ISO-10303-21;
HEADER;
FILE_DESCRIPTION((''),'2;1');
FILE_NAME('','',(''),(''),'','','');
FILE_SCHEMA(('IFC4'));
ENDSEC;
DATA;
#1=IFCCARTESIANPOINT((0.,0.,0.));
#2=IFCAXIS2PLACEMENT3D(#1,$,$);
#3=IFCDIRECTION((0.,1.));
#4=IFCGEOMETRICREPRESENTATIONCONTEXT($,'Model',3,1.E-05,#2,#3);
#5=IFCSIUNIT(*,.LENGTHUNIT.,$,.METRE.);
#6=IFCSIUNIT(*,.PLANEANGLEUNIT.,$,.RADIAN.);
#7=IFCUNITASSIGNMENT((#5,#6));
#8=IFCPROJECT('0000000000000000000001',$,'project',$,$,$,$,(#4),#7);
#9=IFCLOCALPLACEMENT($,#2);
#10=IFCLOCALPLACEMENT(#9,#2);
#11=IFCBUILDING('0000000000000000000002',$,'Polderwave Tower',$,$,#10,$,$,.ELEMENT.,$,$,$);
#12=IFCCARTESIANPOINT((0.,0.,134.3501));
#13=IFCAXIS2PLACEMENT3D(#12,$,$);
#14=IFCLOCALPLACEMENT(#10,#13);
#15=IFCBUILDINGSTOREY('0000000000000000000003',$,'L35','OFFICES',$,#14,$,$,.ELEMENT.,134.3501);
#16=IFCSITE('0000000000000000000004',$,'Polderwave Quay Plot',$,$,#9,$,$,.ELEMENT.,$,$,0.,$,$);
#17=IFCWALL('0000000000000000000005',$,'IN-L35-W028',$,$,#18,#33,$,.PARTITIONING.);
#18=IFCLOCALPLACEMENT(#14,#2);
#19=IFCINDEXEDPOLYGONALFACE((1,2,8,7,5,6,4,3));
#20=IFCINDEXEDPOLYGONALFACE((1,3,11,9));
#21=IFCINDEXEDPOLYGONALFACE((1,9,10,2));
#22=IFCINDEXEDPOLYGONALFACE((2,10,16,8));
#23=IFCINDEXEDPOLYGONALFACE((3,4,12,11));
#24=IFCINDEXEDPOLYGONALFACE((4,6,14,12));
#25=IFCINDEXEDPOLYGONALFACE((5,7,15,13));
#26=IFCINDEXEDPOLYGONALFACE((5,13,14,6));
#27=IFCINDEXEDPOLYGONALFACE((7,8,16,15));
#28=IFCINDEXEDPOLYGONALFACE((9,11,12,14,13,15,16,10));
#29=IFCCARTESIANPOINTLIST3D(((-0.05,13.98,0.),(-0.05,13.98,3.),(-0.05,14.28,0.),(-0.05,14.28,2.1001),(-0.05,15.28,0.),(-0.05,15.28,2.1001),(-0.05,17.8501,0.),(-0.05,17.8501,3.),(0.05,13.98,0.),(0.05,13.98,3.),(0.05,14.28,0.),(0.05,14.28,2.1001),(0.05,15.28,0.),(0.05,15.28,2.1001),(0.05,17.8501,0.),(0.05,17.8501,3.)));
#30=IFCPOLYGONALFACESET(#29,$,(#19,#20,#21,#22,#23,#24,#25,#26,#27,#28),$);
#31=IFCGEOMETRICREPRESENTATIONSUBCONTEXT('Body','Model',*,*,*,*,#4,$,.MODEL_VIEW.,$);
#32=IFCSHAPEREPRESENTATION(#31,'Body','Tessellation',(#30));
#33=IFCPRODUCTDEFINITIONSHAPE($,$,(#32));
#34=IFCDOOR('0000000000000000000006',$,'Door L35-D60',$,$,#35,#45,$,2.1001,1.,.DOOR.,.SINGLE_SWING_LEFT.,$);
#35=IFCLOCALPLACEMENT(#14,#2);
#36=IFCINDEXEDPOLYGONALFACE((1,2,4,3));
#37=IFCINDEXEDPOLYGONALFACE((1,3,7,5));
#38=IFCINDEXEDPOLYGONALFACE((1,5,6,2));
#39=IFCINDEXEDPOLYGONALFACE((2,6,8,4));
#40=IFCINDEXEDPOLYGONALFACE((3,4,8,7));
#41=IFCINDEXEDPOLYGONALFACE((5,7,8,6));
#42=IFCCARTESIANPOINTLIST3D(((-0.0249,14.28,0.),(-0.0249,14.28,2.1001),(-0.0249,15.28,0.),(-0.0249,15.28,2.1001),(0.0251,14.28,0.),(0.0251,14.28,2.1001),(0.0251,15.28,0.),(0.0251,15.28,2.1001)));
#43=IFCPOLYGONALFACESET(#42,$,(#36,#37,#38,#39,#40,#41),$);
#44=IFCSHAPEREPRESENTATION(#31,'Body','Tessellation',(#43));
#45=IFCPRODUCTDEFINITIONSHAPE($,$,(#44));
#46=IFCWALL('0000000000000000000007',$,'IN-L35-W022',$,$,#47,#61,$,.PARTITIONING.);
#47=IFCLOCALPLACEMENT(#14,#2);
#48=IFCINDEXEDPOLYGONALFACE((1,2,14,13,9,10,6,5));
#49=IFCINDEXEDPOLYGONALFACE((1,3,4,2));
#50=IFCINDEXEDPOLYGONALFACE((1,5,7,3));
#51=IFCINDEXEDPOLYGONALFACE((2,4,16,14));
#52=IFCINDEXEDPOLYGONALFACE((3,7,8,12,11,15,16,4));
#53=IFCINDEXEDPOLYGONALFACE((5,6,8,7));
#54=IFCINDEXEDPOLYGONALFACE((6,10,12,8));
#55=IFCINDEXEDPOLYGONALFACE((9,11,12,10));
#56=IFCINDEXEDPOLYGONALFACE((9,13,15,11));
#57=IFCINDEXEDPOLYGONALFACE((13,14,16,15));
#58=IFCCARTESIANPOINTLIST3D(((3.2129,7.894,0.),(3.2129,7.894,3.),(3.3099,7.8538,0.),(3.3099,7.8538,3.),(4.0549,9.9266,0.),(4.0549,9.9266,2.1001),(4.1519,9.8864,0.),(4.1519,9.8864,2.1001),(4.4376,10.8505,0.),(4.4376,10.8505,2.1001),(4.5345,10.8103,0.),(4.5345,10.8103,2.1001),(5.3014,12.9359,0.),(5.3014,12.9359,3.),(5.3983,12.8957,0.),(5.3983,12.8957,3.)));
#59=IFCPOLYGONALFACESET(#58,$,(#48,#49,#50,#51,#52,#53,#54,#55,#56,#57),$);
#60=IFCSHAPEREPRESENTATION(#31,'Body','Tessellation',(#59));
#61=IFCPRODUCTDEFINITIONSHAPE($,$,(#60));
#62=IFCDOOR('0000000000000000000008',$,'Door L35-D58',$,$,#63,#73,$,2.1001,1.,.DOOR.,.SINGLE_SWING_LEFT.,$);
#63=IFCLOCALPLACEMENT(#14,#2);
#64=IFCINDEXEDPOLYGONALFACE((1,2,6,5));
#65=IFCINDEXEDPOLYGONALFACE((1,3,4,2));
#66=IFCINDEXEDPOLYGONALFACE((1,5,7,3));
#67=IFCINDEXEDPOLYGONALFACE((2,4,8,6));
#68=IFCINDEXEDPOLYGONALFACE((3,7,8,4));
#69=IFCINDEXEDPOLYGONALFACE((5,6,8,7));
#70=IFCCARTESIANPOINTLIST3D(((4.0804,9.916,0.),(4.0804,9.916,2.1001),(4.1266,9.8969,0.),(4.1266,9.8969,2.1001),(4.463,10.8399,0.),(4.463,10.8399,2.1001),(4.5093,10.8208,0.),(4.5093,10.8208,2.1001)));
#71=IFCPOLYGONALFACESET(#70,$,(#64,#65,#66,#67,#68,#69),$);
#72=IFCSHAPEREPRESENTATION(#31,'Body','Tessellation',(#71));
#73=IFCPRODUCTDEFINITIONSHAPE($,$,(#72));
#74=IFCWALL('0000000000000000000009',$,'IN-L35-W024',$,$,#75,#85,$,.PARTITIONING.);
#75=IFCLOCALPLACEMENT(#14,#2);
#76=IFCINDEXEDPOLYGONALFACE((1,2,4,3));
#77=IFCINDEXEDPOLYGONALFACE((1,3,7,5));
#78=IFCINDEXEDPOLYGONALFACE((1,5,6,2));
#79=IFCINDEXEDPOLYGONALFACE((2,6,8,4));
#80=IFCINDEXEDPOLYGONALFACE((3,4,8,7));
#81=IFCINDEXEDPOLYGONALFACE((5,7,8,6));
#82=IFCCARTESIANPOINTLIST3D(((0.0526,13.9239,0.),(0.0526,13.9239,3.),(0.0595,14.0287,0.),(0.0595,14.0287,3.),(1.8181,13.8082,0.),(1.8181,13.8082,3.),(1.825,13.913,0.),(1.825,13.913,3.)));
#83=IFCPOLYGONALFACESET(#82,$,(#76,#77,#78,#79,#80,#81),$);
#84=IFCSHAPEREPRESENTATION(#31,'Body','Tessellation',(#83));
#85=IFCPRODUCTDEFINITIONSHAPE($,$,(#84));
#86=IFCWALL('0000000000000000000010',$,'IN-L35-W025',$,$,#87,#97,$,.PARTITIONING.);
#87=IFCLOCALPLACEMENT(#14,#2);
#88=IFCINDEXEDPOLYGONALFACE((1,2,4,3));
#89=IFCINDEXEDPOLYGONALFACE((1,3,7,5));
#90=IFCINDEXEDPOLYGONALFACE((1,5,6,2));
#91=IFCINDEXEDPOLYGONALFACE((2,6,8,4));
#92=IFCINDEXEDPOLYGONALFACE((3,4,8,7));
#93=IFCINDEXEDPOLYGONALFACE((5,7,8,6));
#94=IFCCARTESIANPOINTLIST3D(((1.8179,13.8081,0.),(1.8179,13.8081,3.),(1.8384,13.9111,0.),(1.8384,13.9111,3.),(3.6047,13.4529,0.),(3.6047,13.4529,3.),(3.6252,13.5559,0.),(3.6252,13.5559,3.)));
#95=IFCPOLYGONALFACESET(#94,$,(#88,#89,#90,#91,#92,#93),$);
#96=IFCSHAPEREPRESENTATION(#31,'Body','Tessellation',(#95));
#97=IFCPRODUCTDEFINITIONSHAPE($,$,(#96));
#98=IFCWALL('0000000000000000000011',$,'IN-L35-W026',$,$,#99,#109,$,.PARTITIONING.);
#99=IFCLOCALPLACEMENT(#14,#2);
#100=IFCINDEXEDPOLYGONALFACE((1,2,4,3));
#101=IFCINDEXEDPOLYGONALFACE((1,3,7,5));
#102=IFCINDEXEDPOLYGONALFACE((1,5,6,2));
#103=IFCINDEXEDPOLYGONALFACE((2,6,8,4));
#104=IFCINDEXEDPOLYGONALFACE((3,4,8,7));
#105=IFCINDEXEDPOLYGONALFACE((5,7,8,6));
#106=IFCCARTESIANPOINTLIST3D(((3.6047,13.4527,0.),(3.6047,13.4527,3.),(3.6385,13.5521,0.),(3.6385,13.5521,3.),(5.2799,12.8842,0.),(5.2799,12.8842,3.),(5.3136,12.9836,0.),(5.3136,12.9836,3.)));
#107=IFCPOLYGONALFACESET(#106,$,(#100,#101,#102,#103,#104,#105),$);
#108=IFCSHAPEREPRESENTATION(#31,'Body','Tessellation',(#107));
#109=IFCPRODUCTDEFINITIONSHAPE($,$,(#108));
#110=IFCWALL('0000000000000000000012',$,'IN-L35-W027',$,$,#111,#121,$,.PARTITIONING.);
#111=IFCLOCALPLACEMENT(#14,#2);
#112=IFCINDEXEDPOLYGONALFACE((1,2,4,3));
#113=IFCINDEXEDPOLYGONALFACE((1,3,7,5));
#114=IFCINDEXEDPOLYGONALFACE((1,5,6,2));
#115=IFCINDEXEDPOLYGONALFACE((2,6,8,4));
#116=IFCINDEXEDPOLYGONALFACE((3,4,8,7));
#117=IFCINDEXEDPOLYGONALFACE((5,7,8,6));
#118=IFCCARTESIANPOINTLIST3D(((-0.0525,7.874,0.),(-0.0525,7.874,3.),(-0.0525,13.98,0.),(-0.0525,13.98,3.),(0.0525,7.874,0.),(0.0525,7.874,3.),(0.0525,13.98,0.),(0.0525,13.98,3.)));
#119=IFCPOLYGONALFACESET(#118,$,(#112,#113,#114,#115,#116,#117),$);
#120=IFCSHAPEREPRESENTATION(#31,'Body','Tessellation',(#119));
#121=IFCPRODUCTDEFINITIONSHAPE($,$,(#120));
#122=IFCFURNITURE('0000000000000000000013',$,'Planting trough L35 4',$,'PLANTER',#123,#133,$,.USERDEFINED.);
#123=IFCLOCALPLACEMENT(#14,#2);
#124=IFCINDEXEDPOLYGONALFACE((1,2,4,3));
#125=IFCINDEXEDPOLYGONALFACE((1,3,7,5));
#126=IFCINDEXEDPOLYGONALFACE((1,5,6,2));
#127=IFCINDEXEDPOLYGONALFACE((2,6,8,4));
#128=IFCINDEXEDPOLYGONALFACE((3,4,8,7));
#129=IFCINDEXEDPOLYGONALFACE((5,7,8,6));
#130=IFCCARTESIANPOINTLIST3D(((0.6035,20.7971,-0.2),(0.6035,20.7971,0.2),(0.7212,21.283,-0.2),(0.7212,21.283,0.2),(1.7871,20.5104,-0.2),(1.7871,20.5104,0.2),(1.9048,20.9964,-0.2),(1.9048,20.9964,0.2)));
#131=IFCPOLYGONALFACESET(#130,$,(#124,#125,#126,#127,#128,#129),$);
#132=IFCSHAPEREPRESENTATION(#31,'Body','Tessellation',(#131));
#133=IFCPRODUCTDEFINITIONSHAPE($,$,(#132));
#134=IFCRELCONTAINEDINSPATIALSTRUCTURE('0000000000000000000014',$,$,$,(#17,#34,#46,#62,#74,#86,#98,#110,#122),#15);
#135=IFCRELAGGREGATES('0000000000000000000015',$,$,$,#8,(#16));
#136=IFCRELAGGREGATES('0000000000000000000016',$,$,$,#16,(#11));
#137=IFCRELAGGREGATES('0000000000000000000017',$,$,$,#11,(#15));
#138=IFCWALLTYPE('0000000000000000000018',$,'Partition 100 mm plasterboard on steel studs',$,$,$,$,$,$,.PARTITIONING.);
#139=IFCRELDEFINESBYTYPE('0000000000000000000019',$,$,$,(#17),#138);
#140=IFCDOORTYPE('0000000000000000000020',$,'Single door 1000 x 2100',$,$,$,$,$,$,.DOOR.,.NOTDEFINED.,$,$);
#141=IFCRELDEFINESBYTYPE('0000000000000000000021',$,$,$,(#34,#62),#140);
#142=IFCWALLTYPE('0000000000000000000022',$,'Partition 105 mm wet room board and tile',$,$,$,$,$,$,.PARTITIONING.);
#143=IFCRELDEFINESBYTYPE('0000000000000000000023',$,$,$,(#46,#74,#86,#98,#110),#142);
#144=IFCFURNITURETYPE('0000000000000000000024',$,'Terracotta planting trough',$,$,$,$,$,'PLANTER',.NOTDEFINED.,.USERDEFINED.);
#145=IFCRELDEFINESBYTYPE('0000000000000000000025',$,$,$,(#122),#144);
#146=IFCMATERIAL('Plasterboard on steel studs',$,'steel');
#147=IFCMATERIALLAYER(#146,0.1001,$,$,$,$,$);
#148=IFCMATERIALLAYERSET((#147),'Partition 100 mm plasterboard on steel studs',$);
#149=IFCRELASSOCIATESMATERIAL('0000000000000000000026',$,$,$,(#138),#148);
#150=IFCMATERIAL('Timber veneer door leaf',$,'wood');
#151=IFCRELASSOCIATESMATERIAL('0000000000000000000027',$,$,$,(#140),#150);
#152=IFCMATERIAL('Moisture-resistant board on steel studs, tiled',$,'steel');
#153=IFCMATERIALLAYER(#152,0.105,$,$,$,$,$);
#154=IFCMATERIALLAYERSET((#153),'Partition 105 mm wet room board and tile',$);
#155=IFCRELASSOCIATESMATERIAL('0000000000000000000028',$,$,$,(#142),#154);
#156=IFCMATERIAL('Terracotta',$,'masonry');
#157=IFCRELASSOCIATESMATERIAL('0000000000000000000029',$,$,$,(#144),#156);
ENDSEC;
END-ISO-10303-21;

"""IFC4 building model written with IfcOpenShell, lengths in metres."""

from ifc_helpers import new_model, si_unit, direction, frame, frame_2d, origin, origin_2d, place, context, subcontext, project, spatial, rectangle, extrude, material, layer, layer_set, type_object, element, fill, save


model = new_model("IFC4")

# Units and contexts
model_context = context("Model", 3, precision=1e-05, world=origin(), true_north=direction((0.0, 1.0)))
body_context = subcontext(model_context, "Body", "Model", "MODEL_VIEW")
ifc_project = project(units=[si_unit("LENGTHUNIT", "METRE"), si_unit("PLANEANGLEUNIT", "RADIAN")], contexts=[model_context])

# Site, building, storey
site_placement = place(None, origin())
site = spatial("IfcSite", under=ifc_project, at=site_placement, Name="Polderwave Quay Plot", CompositionType="ELEMENT", RefElevation=0.0)
building_placement = place(site_placement, origin())
building = spatial("IfcBuilding", under=site, at=building_placement, Name="Polderwave Tower", CompositionType="ELEMENT")
storey_placement = place(building_placement, frame((0.0, 0.0, 134.3501)))
storey = spatial("IfcBuildingStorey", under=building, at=storey_placement, Name="L35", Description="OFFICES", CompositionType="ELEMENT", Elevation=134.3501)

# Walls, openings, doors
ifc_material_1 = material(Name="Plasterboard on steel studs", Category="steel")
ifc_layer_1 = layer(ifc_material_1, 0.1001)
ifc_layer_set_1 = layer_set([ifc_layer_1], Name="Partition 100 mm plasterboard on steel studs")
wall_type_1 = type_object("IfcWallType", Name="Partition 100 mm plasterboard on steel studs", PredefinedType="PARTITIONING", material=ifc_layer_set_1)
ifc_material_2 = material(Name="Timber veneer door leaf", Category="wood")
door_type = type_object("IfcDoorType", Name="Single door 1000 x 2100", OperationType="NOTDEFINED", PredefinedType="DOOR", material=ifc_material_2)
wall_1_placement = place(storey_placement, frame((0.0, 13.98, 0.0), z_axis=(0.0, 0.0, 1.0), x_axis=(0.0, 1.0, 0.0)))
wall_1 = element("IfcWall", 1, at=wall_1_placement, inside=storey, type_object=wall_type_1, Name="IN-L35-W028", PredefinedType="PARTITIONING", context=body_context, shape_type="SweptSolid", body=[
    extrude(rectangle(XDim=3.8701, YDim=0.1001, at=frame_2d((1.9351, 0.0))), origin(), (0.0, 0.0, 1.0), 3.0),
])
opening_1_placement = place(wall_1_placement, frame((0.3, 0.0, 0.0)))
opening_1 = element("IfcOpeningElement", 2, at=opening_1_placement, cuts=wall_1, PredefinedType="OPENING", context=body_context, shape_type="SweptSolid", body=[
    extrude(rectangle(XDim=1.0, YDim=2.1001, at=frame_2d((0.5, 1.05))), frame((0.0, 0.0601, 0.0), z_axis=(0.0, -1.0, 0.0), x_axis=(1.0, 0.0, 0.0)), (0.0, 0.0, 1.0), 0.1201),
])
door_1_placement = place(opening_1_placement, origin())
door_1 = element("IfcDoor", 3, at=door_1_placement, inside=storey, type_object=door_type, Name="Door L35-D60", OperationType="SINGLE_SWING_LEFT", OverallHeight=2.1001, OverallWidth=1.0, PredefinedType="DOOR", context=body_context, shape_type="SweptSolid", body=[
    extrude(rectangle(XDim=1.0, YDim=2.1001, at=frame_2d((0.5, 1.05))), frame((0.0, 0.0249, 0.0), z_axis=(0.0, -1.0, 0.0), x_axis=(1.0, 0.0, 0.0)), (0.0, 0.0, 1.0), 0.05),
])
fill(opening_1, door_1)
ifc_material_3 = material(Name="Moisture-resistant board on steel studs, tiled", Category="steel")
ifc_layer_2 = layer(ifc_material_3, 0.105)
ifc_layer_set_2 = layer_set([ifc_layer_2], Name="Partition 105 mm wet room board and tile")
wall_type_2 = type_object("IfcWallType", Name="Partition 105 mm wet room board and tile", PredefinedType="PARTITIONING", material=ifc_layer_set_2)
wall_2_placement = place(storey_placement, frame((3.2615, 7.874, 0.0), z_axis=(0.0, 0.0, 1.0), x_axis=(0.382686, 0.923878, 0.0)))
wall_2 = element("IfcWall", 4, at=wall_2_placement, inside=storey, type_object=wall_type_2, Name="IN-L35-W022", PredefinedType="PARTITIONING", context=body_context, shape_type="SweptSolid", body=[
    extrude(rectangle(XDim=5.4573, YDim=0.105, at=frame_2d((2.7285, 0.0))), origin(), (0.0, 0.0, 1.0), 3.0),
])
opening_2_placement = place(wall_2_placement, frame((2.2, 0.0, 0.0)))
opening_2 = element("IfcOpeningElement", 5, at=opening_2_placement, cuts=wall_2, PredefinedType="OPENING", context=body_context, shape_type="SweptSolid", body=[
    extrude(rectangle(XDim=1.0, YDim=2.1001, at=frame_2d((0.5, 1.05))), frame((0.0, 0.0625, 0.0), z_axis=(0.0, -1.0, 0.0), x_axis=(1.0, 0.0, 0.0)), (0.0, 0.0, 1.0), 0.125),
])
door_2_placement = place(opening_2_placement, origin())
door_2 = element("IfcDoor", 6, at=door_2_placement, inside=storey, type_object=door_type, Name="Door L35-D58", OperationType="SINGLE_SWING_LEFT", OverallHeight=2.1001, OverallWidth=1.0, PredefinedType="DOOR", context=body_context, shape_type="SweptSolid", body=[
    extrude(rectangle(XDim=1.0, YDim=2.1001, at=frame_2d((0.5, 1.05))), frame((0.0, 0.0249, 0.0), z_axis=(0.0, -1.0, 0.0), x_axis=(1.0, 0.0, 0.0)), (0.0, 0.0, 1.0), 0.05),
])
fill(opening_2, door_2)

# Walls
wall_3_placement = place(storey_placement, frame((0.0559, 13.9763, 0.0), z_axis=(0.0, 0.0, 1.0), x_axis=(0.997858, -0.065411, 0.0)))
element("IfcWall", 7, at=wall_3_placement, inside=storey, type_object=wall_type_2, Name="IN-L35-W024", PredefinedType="PARTITIONING", context=body_context, shape_type="SweptSolid", body=[
    extrude(rectangle(XDim=1.7693, YDim=0.105, at=frame_2d((0.8848, 0.0))), origin(), (0.0, 0.0, 1.0), 3.0),
])
wall_4_placement = place(storey_placement, frame((1.8281, 13.8596, 0.0), z_axis=(0.0, 0.0, 1.0), x_axis=(0.980807, -0.194982, 0.0)))
element("IfcWall", 8, at=wall_4_placement, inside=storey, type_object=wall_type_2, Name="IN-L35-W025", PredefinedType="PARTITIONING", context=body_context, shape_type="SweptSolid", body=[
    extrude(rectangle(XDim=1.8218, YDim=0.105, at=frame_2d((0.9109, 0.0))), origin(), (0.0, 0.0, 1.0), 3.0),
])
wall_5_placement = place(storey_placement, frame((3.6216, 13.5024, 0.0), z_axis=(0.0, 0.0, 1.0), x_axis=(0.946944, -0.321398, 0.0)))
element("IfcWall", 9, at=wall_5_placement, inside=storey, type_object=wall_type_2, Name="IN-L35-W026", PredefinedType="PARTITIONING", context=body_context, shape_type="SweptSolid", body=[
    extrude(rectangle(XDim=1.769, YDim=0.105, at=frame_2d((0.8845, 0.0))), origin(), (0.0, 0.0, 1.0), 3.0),
])
wall_6_placement = place(storey_placement, frame((0.0, 7.874, 0.0), z_axis=(0.0, 0.0, 1.0), x_axis=(0.0, 1.0, 0.0)))
element("IfcWall", 10, at=wall_6_placement, inside=storey, type_object=wall_type_2, Name="IN-L35-W027", PredefinedType="PARTITIONING", context=body_context, shape_type="SweptSolid", body=[
    extrude(rectangle(XDim=6.106, YDim=0.105, at=frame_2d((3.053, 0.0))), origin(), (0.0, 0.0, 1.0), 3.0),
])

# Furniture
ifc_material_4 = material(Name="Terracotta", Category="masonry")
furniture_type = type_object("IfcFurnitureType", Name="Terracotta planting trough", ElementType="PLANTER", AssemblyPlace="NOTDEFINED", PredefinedType="USERDEFINED", material=ifc_material_4)
furniture_placement = place(storey_placement, frame((1.2542, 20.8967, -0.2), z_axis=(0.0, 0.0, 1.0), x_axis=(-0.971906, 0.235368, 0.0)))
element("IfcFurniture", 11, at=furniture_placement, inside=storey, type_object=furniture_type, Name="Planting trough L35 4", ObjectType="PLANTER", PredefinedType="USERDEFINED", context=body_context, shape_type="SweptSolid", body=[
    extrude(rectangle(XDim=1.2178, YDim=0.5, at=origin_2d()), origin(), (0.0, 0.0, 1.0), 0.3999),
])

save(model, "model.ifc")
